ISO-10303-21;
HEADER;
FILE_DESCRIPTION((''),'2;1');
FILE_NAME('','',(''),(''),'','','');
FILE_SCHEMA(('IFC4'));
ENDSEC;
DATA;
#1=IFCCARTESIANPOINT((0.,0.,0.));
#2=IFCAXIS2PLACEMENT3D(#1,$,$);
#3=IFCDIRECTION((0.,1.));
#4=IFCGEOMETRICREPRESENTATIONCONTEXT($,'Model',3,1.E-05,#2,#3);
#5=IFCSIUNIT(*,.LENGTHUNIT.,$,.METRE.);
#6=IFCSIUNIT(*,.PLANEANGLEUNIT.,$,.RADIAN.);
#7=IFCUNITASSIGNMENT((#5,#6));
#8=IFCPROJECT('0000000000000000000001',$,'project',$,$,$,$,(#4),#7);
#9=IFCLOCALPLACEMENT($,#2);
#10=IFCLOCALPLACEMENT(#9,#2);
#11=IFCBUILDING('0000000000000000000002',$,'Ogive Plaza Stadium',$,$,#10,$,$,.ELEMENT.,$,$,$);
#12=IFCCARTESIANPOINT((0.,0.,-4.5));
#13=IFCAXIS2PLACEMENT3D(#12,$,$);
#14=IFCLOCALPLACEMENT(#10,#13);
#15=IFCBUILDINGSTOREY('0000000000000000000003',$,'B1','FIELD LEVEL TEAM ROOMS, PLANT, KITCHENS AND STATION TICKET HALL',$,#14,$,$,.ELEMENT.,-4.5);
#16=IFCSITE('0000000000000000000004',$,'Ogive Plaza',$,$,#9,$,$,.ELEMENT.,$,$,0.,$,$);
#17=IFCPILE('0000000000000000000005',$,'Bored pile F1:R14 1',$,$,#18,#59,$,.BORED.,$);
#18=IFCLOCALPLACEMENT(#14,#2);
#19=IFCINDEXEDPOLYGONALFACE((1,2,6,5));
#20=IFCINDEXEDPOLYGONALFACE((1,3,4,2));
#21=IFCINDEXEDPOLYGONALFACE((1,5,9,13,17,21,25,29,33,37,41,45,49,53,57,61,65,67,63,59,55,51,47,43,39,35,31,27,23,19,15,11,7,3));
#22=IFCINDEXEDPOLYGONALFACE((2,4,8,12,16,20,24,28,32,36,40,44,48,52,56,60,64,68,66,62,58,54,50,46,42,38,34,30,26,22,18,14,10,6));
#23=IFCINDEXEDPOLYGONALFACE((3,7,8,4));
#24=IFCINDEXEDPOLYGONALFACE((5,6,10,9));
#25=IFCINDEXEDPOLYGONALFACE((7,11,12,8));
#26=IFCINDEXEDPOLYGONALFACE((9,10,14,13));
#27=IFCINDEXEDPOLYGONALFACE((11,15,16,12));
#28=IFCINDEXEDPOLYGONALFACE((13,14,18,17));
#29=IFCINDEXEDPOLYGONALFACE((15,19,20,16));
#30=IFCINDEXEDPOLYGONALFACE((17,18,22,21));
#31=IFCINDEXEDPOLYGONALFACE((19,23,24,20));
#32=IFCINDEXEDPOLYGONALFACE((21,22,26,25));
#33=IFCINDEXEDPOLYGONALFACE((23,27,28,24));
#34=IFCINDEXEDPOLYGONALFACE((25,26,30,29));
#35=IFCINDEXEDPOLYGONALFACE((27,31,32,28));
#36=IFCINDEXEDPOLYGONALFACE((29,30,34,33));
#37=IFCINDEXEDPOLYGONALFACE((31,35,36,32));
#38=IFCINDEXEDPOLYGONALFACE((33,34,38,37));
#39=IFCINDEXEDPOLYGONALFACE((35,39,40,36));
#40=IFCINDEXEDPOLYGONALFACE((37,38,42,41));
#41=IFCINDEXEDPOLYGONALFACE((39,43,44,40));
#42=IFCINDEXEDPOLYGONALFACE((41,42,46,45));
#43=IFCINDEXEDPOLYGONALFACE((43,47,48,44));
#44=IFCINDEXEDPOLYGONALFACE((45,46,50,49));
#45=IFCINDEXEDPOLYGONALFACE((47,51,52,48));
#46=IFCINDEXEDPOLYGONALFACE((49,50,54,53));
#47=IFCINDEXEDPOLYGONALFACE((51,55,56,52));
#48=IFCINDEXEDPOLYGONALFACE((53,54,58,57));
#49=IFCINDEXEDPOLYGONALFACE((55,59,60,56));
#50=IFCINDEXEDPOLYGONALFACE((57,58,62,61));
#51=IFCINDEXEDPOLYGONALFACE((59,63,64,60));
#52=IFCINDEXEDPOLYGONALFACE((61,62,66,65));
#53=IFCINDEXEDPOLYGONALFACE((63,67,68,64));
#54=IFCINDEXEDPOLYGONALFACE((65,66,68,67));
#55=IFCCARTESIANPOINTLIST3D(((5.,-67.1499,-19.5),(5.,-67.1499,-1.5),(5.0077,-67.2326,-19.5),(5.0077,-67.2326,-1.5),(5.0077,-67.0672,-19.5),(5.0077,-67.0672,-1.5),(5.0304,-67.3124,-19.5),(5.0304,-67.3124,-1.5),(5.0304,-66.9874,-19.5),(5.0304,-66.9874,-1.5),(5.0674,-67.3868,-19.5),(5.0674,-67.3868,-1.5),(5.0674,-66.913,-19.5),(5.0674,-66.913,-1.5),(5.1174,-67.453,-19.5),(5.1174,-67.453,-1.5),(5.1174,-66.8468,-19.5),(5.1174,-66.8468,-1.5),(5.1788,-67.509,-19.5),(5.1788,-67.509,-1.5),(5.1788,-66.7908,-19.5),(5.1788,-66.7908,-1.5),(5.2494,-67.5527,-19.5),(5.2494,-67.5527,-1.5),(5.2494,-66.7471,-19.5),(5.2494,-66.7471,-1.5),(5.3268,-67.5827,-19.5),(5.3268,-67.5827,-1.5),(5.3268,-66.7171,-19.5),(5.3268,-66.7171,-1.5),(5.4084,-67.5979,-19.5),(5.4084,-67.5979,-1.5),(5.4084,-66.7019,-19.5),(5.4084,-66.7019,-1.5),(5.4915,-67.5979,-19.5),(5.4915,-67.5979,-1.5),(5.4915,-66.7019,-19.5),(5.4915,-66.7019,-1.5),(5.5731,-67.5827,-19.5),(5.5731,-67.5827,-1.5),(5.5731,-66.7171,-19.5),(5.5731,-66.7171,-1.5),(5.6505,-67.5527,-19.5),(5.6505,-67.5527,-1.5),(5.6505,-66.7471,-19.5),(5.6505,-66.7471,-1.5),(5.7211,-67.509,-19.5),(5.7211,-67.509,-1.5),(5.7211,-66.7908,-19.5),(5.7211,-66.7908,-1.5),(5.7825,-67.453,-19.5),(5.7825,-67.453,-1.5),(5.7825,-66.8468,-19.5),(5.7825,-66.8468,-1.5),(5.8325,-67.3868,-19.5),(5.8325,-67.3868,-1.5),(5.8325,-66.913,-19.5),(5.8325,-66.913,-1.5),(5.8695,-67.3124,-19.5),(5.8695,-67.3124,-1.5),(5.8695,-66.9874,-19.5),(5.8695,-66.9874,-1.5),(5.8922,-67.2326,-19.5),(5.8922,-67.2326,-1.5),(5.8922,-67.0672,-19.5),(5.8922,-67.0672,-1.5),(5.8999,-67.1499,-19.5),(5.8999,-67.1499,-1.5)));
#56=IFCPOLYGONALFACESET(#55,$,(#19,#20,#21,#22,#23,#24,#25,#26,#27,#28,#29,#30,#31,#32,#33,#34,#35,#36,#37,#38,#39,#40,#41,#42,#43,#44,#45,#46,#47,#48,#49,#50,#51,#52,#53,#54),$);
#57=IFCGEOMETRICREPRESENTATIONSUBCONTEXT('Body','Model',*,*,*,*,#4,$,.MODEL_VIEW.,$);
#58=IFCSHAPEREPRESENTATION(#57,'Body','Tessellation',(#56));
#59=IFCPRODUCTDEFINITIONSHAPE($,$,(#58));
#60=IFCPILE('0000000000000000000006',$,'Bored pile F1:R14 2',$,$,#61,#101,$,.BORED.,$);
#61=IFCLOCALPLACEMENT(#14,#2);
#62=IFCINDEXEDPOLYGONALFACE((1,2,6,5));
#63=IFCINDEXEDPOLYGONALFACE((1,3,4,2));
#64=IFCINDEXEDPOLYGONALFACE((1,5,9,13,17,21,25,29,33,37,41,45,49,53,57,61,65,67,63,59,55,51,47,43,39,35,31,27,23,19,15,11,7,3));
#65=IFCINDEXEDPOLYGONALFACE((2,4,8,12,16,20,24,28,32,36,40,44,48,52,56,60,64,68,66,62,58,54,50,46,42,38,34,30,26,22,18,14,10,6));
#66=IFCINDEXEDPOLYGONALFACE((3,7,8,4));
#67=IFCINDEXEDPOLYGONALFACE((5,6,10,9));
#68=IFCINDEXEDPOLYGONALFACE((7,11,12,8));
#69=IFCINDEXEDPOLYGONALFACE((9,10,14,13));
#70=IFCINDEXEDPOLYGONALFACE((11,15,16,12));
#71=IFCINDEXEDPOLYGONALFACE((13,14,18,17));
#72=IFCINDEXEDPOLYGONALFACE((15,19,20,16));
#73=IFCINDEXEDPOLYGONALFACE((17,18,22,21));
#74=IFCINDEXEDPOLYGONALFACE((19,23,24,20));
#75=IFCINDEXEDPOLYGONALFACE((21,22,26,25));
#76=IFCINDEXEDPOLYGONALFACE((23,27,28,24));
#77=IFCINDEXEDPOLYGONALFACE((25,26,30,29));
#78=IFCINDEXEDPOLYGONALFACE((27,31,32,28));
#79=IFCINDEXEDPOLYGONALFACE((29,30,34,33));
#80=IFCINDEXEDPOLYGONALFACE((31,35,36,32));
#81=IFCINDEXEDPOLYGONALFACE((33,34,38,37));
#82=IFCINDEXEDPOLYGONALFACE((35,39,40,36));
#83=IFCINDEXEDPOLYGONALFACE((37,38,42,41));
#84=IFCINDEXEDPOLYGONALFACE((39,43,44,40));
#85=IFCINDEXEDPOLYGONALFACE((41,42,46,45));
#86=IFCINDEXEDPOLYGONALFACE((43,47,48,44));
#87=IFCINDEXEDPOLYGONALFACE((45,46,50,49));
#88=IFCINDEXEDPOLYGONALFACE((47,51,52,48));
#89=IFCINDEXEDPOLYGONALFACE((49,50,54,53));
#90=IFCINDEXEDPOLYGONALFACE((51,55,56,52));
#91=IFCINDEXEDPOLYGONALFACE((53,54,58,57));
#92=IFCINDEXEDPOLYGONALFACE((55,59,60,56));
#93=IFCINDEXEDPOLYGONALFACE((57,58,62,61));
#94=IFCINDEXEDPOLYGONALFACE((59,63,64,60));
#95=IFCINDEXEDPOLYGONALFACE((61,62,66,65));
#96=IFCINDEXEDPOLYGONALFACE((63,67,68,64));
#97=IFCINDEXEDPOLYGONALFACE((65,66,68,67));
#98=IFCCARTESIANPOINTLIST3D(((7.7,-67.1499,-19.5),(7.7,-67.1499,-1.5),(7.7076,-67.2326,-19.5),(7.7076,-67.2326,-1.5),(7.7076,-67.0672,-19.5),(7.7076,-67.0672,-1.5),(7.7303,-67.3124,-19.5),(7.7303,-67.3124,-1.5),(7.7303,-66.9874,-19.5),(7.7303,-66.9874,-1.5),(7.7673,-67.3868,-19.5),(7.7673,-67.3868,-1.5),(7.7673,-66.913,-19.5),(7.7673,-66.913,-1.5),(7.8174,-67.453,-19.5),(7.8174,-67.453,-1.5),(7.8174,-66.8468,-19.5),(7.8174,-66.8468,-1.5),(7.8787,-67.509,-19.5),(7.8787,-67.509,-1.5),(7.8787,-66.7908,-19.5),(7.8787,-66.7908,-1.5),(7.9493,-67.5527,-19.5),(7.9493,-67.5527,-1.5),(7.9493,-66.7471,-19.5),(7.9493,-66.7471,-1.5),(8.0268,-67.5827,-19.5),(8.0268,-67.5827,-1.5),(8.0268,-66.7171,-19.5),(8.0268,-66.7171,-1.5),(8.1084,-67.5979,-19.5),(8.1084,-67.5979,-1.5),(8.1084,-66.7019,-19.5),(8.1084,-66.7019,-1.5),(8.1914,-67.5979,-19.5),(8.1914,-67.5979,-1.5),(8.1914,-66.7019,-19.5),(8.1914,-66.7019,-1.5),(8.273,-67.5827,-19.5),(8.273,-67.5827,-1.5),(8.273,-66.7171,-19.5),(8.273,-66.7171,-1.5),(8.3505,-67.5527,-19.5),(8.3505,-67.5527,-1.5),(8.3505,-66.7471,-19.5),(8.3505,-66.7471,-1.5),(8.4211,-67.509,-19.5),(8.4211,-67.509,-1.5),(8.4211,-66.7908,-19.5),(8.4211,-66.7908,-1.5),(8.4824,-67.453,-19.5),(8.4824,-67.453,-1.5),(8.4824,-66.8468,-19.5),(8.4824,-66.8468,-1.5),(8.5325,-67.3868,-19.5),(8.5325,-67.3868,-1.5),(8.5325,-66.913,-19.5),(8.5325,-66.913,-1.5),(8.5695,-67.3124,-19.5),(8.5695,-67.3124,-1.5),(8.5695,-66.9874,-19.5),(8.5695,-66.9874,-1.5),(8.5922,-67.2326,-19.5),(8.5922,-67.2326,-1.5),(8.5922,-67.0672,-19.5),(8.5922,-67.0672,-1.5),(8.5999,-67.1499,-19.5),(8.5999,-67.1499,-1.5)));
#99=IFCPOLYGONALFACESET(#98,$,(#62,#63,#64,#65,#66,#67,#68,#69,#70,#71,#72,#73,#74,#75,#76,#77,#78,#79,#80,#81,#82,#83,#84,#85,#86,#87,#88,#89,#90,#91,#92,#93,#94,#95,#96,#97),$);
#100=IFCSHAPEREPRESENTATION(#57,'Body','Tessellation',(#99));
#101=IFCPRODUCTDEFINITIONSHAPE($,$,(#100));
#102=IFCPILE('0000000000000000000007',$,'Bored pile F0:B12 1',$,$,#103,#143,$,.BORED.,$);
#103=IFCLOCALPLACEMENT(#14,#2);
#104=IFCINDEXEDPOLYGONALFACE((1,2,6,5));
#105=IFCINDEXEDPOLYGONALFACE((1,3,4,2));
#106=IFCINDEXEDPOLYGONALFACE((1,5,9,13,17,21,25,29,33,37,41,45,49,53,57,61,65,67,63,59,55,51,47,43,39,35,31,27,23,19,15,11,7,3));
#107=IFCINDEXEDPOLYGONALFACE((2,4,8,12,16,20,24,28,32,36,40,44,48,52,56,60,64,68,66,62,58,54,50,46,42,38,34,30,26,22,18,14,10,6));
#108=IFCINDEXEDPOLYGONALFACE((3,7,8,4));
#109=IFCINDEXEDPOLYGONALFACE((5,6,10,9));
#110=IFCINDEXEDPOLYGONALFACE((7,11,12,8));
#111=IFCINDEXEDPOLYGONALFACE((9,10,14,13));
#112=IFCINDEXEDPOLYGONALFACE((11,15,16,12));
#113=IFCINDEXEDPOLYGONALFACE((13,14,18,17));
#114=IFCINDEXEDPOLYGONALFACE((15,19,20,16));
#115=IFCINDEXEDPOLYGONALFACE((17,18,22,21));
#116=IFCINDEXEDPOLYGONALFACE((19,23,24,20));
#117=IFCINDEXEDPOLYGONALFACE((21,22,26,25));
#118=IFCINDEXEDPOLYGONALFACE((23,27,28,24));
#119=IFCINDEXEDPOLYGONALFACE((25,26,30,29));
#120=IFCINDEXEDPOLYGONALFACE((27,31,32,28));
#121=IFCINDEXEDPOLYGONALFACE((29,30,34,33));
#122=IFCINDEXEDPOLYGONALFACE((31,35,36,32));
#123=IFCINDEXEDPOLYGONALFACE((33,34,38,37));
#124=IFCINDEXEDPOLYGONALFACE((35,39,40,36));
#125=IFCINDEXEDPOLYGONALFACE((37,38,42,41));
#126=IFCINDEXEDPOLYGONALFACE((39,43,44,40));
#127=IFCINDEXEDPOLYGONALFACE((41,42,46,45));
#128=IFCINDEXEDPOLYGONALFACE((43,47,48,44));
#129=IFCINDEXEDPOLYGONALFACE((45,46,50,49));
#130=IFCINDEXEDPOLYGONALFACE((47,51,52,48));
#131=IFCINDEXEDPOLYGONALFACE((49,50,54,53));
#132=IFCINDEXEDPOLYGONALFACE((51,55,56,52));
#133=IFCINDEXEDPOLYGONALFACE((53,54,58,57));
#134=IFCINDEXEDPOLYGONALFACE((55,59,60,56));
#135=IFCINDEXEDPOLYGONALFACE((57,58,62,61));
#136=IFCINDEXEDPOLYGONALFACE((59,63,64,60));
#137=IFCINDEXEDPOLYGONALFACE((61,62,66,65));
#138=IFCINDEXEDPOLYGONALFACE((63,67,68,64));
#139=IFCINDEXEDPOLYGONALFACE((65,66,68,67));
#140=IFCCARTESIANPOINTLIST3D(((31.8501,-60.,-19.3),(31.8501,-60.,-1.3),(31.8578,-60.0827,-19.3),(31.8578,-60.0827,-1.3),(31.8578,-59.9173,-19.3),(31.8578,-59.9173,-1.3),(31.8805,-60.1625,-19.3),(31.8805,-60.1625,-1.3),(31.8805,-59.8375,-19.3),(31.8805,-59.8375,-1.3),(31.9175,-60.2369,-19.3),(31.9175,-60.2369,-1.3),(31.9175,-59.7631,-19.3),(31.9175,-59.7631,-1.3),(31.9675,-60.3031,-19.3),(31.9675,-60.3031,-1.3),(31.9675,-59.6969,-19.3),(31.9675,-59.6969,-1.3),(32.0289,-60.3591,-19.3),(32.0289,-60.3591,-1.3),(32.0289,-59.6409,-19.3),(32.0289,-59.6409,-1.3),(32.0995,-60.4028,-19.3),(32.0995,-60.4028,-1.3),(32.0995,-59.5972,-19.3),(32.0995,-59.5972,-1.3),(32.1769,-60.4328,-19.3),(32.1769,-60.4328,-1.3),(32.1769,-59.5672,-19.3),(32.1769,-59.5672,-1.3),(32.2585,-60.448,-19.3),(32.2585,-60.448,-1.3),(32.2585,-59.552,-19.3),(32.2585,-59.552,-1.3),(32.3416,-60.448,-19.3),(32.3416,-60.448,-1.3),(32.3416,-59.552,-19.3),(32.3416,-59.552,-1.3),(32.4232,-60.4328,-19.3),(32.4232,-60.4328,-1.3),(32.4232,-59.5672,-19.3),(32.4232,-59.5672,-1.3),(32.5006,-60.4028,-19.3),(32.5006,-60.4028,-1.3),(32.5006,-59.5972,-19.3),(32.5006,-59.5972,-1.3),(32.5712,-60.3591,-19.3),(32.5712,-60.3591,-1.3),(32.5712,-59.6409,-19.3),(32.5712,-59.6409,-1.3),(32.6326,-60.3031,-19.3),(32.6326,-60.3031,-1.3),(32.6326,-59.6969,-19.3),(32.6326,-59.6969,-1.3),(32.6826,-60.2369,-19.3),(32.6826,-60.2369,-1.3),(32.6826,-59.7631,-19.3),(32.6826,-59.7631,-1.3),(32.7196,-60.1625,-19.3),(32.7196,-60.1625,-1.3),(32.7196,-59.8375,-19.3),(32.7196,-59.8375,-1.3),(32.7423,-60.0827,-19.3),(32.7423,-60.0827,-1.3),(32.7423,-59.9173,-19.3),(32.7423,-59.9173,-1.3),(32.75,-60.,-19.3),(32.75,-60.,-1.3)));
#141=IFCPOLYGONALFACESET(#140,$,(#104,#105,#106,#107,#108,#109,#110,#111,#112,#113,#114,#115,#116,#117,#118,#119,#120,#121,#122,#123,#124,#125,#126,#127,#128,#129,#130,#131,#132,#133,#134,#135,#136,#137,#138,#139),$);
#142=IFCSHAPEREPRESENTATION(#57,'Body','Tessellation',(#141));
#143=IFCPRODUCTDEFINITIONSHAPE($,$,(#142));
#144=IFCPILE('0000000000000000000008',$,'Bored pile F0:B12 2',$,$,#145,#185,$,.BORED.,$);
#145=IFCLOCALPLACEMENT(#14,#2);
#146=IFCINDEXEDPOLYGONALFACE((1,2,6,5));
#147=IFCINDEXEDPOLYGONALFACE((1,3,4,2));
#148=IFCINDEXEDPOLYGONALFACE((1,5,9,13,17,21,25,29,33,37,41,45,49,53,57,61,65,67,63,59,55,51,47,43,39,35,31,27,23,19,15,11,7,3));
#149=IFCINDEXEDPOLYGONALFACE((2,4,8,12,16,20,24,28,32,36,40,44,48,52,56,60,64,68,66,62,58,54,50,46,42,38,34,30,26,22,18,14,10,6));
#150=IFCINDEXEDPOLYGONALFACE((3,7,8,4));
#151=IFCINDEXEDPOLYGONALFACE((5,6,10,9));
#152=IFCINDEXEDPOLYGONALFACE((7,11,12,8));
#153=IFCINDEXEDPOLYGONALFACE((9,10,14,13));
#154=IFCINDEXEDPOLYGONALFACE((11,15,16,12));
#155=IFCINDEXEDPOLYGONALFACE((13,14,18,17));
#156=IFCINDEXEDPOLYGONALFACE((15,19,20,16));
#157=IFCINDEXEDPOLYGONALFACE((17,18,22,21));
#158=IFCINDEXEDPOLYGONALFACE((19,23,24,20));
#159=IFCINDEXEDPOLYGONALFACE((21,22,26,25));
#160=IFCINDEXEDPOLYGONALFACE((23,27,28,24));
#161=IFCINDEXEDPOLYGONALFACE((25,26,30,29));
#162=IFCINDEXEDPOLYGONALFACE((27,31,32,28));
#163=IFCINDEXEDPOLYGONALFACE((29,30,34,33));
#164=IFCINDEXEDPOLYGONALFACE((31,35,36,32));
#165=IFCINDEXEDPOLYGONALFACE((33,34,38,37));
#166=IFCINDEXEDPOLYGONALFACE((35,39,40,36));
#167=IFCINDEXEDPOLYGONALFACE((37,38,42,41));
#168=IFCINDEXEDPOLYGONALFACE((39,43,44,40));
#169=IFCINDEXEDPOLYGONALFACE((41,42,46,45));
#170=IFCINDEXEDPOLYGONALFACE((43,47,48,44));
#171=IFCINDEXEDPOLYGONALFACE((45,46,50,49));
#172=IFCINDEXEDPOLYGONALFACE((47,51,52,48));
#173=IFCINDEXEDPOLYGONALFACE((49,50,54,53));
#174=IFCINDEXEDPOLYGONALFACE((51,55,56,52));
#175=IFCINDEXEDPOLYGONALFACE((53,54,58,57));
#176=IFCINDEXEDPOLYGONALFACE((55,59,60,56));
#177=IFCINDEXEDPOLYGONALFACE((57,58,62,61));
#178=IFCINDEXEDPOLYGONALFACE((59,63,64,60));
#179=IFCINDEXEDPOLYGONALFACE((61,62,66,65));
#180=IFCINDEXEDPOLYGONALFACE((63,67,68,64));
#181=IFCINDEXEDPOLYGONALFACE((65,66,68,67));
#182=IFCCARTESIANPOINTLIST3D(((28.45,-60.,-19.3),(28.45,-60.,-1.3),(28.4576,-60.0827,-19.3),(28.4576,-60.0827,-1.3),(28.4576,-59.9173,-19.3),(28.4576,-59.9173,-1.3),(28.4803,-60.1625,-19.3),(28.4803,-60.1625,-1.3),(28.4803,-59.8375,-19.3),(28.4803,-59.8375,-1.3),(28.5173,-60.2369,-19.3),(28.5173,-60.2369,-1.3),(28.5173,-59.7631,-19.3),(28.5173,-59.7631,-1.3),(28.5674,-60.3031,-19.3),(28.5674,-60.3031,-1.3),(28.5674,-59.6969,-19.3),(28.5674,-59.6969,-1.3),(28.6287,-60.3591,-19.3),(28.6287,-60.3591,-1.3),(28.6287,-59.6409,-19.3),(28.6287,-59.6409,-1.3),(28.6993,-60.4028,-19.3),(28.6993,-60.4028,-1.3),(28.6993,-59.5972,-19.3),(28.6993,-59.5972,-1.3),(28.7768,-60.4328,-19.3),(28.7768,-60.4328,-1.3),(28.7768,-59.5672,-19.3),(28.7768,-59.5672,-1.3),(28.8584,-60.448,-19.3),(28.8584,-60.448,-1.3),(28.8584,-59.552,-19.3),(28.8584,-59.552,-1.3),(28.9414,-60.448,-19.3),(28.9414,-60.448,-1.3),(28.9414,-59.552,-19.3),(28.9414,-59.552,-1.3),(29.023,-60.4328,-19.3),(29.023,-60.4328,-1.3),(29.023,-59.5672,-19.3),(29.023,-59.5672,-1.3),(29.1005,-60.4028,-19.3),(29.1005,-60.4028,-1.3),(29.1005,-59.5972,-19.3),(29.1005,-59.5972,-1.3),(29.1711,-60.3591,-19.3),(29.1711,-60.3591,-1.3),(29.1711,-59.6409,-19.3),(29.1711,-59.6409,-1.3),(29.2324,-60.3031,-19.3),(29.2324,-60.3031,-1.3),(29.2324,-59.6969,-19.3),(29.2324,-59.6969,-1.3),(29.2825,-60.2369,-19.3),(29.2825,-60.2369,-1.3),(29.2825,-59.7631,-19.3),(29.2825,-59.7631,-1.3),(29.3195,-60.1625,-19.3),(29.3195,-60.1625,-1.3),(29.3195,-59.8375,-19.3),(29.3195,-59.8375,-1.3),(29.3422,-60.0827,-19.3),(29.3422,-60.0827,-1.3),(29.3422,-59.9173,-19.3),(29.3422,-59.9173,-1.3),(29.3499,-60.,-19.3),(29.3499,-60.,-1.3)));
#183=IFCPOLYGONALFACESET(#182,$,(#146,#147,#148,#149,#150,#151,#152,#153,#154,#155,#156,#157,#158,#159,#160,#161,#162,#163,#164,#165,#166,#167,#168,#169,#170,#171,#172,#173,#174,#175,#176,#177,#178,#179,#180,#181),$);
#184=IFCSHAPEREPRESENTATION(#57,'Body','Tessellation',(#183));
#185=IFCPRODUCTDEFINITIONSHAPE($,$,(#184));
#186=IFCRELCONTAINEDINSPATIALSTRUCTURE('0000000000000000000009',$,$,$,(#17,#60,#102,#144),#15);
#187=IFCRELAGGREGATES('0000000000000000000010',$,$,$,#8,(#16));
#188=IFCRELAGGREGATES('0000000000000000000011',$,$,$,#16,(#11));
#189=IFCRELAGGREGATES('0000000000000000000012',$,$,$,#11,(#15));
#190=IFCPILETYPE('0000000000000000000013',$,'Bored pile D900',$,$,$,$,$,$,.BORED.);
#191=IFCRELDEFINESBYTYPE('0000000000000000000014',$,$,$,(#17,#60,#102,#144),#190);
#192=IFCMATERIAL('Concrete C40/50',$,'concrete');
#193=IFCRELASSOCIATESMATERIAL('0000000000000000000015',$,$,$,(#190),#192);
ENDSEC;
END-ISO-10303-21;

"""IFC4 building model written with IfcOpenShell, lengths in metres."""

from ifc_helpers import new_model, si_unit, direction, frame, origin, origin_2d, place, context, subcontext, project, spatial, circle, extrude, material, material_profile, profile_set, type_object, element, save


model = new_model("IFC4")

# Units and contexts
model_context = context("Model", 3, precision=1e-05, world=origin(), true_north=direction((0.0, 1.0)))
body_context = subcontext(model_context, "Body", "Model", "MODEL_VIEW")
ifc_project = project(units=[si_unit("LENGTHUNIT", "METRE"), si_unit("PLANEANGLEUNIT", "RADIAN")], contexts=[model_context])

# Site, building, storey
site_placement = place(None, origin())
site = spatial("IfcSite", under=ifc_project, at=site_placement, Name="Ogive Plaza", CompositionType="ELEMENT", RefElevation=0.0)
building_placement = place(site_placement, origin())
building = spatial("IfcBuilding", under=site, at=building_placement, Name="Ogive Plaza Stadium", CompositionType="ELEMENT")
storey_placement = place(building_placement, frame((0.0, 0.0, -4.5)))
storey = spatial("IfcBuildingStorey", under=building, at=storey_placement, Name="B1", Description="FIELD LEVEL TEAM ROOMS, PLANT, KITCHENS AND STATION TICKET HALL", CompositionType="ELEMENT", Elevation=-4.5)

# Piles
ifc_material_1 = material(Name="Concrete C40/50", Category="concrete")
ifc_material_profile_1 = material_profile(ifc_material_1, circle(Radius=0.45, at=origin_2d()), Name="RC D900")
ifc_profile_set_1 = profile_set([ifc_material_profile_1], Name="Concrete C40/50")
pile_type = type_object("IfcPileType", Name="Bored pile D900", PredefinedType="BORED", material=ifc_profile_set_1)
for number, where, z_axis, x_axis, name in (
    (1, (5.45, -67.1499, -1.5), (0.0, 0.0, -1.0), (1.0, 0.0, 0.0), "Bored pile F1:R14 1"),
    (2, (8.1499, -67.1499, -1.5), (0.0, 0.0, -1.0), (1.0, 0.0, 0.0), "Bored pile F1:R14 2"),
    (3, (32.3, -60.0, -1.3), (0.0, 0.0, -1.0), (1.0, 0.0, 0.0), "Bored pile F0:B12 1"),
    (4, (28.8999, -60.0, -1.3), (0.0, 0.0, -1.0), (1.0, 0.0, 0.0), "Bored pile F0:B12 2"),
):
    element("IfcPile", number, at=place(storey_placement, frame(where, z_axis=z_axis, x_axis=x_axis)), inside=storey, type_object=pile_type, Name=name, PredefinedType="BORED", context=body_context, shape_type="SweptSolid", body=[
        extrude(circle(Radius=0.45, at=origin_2d()), origin(), (0.0, 0.0, 1.0), 18.0),
    ])

save(model, "model.ifc")
